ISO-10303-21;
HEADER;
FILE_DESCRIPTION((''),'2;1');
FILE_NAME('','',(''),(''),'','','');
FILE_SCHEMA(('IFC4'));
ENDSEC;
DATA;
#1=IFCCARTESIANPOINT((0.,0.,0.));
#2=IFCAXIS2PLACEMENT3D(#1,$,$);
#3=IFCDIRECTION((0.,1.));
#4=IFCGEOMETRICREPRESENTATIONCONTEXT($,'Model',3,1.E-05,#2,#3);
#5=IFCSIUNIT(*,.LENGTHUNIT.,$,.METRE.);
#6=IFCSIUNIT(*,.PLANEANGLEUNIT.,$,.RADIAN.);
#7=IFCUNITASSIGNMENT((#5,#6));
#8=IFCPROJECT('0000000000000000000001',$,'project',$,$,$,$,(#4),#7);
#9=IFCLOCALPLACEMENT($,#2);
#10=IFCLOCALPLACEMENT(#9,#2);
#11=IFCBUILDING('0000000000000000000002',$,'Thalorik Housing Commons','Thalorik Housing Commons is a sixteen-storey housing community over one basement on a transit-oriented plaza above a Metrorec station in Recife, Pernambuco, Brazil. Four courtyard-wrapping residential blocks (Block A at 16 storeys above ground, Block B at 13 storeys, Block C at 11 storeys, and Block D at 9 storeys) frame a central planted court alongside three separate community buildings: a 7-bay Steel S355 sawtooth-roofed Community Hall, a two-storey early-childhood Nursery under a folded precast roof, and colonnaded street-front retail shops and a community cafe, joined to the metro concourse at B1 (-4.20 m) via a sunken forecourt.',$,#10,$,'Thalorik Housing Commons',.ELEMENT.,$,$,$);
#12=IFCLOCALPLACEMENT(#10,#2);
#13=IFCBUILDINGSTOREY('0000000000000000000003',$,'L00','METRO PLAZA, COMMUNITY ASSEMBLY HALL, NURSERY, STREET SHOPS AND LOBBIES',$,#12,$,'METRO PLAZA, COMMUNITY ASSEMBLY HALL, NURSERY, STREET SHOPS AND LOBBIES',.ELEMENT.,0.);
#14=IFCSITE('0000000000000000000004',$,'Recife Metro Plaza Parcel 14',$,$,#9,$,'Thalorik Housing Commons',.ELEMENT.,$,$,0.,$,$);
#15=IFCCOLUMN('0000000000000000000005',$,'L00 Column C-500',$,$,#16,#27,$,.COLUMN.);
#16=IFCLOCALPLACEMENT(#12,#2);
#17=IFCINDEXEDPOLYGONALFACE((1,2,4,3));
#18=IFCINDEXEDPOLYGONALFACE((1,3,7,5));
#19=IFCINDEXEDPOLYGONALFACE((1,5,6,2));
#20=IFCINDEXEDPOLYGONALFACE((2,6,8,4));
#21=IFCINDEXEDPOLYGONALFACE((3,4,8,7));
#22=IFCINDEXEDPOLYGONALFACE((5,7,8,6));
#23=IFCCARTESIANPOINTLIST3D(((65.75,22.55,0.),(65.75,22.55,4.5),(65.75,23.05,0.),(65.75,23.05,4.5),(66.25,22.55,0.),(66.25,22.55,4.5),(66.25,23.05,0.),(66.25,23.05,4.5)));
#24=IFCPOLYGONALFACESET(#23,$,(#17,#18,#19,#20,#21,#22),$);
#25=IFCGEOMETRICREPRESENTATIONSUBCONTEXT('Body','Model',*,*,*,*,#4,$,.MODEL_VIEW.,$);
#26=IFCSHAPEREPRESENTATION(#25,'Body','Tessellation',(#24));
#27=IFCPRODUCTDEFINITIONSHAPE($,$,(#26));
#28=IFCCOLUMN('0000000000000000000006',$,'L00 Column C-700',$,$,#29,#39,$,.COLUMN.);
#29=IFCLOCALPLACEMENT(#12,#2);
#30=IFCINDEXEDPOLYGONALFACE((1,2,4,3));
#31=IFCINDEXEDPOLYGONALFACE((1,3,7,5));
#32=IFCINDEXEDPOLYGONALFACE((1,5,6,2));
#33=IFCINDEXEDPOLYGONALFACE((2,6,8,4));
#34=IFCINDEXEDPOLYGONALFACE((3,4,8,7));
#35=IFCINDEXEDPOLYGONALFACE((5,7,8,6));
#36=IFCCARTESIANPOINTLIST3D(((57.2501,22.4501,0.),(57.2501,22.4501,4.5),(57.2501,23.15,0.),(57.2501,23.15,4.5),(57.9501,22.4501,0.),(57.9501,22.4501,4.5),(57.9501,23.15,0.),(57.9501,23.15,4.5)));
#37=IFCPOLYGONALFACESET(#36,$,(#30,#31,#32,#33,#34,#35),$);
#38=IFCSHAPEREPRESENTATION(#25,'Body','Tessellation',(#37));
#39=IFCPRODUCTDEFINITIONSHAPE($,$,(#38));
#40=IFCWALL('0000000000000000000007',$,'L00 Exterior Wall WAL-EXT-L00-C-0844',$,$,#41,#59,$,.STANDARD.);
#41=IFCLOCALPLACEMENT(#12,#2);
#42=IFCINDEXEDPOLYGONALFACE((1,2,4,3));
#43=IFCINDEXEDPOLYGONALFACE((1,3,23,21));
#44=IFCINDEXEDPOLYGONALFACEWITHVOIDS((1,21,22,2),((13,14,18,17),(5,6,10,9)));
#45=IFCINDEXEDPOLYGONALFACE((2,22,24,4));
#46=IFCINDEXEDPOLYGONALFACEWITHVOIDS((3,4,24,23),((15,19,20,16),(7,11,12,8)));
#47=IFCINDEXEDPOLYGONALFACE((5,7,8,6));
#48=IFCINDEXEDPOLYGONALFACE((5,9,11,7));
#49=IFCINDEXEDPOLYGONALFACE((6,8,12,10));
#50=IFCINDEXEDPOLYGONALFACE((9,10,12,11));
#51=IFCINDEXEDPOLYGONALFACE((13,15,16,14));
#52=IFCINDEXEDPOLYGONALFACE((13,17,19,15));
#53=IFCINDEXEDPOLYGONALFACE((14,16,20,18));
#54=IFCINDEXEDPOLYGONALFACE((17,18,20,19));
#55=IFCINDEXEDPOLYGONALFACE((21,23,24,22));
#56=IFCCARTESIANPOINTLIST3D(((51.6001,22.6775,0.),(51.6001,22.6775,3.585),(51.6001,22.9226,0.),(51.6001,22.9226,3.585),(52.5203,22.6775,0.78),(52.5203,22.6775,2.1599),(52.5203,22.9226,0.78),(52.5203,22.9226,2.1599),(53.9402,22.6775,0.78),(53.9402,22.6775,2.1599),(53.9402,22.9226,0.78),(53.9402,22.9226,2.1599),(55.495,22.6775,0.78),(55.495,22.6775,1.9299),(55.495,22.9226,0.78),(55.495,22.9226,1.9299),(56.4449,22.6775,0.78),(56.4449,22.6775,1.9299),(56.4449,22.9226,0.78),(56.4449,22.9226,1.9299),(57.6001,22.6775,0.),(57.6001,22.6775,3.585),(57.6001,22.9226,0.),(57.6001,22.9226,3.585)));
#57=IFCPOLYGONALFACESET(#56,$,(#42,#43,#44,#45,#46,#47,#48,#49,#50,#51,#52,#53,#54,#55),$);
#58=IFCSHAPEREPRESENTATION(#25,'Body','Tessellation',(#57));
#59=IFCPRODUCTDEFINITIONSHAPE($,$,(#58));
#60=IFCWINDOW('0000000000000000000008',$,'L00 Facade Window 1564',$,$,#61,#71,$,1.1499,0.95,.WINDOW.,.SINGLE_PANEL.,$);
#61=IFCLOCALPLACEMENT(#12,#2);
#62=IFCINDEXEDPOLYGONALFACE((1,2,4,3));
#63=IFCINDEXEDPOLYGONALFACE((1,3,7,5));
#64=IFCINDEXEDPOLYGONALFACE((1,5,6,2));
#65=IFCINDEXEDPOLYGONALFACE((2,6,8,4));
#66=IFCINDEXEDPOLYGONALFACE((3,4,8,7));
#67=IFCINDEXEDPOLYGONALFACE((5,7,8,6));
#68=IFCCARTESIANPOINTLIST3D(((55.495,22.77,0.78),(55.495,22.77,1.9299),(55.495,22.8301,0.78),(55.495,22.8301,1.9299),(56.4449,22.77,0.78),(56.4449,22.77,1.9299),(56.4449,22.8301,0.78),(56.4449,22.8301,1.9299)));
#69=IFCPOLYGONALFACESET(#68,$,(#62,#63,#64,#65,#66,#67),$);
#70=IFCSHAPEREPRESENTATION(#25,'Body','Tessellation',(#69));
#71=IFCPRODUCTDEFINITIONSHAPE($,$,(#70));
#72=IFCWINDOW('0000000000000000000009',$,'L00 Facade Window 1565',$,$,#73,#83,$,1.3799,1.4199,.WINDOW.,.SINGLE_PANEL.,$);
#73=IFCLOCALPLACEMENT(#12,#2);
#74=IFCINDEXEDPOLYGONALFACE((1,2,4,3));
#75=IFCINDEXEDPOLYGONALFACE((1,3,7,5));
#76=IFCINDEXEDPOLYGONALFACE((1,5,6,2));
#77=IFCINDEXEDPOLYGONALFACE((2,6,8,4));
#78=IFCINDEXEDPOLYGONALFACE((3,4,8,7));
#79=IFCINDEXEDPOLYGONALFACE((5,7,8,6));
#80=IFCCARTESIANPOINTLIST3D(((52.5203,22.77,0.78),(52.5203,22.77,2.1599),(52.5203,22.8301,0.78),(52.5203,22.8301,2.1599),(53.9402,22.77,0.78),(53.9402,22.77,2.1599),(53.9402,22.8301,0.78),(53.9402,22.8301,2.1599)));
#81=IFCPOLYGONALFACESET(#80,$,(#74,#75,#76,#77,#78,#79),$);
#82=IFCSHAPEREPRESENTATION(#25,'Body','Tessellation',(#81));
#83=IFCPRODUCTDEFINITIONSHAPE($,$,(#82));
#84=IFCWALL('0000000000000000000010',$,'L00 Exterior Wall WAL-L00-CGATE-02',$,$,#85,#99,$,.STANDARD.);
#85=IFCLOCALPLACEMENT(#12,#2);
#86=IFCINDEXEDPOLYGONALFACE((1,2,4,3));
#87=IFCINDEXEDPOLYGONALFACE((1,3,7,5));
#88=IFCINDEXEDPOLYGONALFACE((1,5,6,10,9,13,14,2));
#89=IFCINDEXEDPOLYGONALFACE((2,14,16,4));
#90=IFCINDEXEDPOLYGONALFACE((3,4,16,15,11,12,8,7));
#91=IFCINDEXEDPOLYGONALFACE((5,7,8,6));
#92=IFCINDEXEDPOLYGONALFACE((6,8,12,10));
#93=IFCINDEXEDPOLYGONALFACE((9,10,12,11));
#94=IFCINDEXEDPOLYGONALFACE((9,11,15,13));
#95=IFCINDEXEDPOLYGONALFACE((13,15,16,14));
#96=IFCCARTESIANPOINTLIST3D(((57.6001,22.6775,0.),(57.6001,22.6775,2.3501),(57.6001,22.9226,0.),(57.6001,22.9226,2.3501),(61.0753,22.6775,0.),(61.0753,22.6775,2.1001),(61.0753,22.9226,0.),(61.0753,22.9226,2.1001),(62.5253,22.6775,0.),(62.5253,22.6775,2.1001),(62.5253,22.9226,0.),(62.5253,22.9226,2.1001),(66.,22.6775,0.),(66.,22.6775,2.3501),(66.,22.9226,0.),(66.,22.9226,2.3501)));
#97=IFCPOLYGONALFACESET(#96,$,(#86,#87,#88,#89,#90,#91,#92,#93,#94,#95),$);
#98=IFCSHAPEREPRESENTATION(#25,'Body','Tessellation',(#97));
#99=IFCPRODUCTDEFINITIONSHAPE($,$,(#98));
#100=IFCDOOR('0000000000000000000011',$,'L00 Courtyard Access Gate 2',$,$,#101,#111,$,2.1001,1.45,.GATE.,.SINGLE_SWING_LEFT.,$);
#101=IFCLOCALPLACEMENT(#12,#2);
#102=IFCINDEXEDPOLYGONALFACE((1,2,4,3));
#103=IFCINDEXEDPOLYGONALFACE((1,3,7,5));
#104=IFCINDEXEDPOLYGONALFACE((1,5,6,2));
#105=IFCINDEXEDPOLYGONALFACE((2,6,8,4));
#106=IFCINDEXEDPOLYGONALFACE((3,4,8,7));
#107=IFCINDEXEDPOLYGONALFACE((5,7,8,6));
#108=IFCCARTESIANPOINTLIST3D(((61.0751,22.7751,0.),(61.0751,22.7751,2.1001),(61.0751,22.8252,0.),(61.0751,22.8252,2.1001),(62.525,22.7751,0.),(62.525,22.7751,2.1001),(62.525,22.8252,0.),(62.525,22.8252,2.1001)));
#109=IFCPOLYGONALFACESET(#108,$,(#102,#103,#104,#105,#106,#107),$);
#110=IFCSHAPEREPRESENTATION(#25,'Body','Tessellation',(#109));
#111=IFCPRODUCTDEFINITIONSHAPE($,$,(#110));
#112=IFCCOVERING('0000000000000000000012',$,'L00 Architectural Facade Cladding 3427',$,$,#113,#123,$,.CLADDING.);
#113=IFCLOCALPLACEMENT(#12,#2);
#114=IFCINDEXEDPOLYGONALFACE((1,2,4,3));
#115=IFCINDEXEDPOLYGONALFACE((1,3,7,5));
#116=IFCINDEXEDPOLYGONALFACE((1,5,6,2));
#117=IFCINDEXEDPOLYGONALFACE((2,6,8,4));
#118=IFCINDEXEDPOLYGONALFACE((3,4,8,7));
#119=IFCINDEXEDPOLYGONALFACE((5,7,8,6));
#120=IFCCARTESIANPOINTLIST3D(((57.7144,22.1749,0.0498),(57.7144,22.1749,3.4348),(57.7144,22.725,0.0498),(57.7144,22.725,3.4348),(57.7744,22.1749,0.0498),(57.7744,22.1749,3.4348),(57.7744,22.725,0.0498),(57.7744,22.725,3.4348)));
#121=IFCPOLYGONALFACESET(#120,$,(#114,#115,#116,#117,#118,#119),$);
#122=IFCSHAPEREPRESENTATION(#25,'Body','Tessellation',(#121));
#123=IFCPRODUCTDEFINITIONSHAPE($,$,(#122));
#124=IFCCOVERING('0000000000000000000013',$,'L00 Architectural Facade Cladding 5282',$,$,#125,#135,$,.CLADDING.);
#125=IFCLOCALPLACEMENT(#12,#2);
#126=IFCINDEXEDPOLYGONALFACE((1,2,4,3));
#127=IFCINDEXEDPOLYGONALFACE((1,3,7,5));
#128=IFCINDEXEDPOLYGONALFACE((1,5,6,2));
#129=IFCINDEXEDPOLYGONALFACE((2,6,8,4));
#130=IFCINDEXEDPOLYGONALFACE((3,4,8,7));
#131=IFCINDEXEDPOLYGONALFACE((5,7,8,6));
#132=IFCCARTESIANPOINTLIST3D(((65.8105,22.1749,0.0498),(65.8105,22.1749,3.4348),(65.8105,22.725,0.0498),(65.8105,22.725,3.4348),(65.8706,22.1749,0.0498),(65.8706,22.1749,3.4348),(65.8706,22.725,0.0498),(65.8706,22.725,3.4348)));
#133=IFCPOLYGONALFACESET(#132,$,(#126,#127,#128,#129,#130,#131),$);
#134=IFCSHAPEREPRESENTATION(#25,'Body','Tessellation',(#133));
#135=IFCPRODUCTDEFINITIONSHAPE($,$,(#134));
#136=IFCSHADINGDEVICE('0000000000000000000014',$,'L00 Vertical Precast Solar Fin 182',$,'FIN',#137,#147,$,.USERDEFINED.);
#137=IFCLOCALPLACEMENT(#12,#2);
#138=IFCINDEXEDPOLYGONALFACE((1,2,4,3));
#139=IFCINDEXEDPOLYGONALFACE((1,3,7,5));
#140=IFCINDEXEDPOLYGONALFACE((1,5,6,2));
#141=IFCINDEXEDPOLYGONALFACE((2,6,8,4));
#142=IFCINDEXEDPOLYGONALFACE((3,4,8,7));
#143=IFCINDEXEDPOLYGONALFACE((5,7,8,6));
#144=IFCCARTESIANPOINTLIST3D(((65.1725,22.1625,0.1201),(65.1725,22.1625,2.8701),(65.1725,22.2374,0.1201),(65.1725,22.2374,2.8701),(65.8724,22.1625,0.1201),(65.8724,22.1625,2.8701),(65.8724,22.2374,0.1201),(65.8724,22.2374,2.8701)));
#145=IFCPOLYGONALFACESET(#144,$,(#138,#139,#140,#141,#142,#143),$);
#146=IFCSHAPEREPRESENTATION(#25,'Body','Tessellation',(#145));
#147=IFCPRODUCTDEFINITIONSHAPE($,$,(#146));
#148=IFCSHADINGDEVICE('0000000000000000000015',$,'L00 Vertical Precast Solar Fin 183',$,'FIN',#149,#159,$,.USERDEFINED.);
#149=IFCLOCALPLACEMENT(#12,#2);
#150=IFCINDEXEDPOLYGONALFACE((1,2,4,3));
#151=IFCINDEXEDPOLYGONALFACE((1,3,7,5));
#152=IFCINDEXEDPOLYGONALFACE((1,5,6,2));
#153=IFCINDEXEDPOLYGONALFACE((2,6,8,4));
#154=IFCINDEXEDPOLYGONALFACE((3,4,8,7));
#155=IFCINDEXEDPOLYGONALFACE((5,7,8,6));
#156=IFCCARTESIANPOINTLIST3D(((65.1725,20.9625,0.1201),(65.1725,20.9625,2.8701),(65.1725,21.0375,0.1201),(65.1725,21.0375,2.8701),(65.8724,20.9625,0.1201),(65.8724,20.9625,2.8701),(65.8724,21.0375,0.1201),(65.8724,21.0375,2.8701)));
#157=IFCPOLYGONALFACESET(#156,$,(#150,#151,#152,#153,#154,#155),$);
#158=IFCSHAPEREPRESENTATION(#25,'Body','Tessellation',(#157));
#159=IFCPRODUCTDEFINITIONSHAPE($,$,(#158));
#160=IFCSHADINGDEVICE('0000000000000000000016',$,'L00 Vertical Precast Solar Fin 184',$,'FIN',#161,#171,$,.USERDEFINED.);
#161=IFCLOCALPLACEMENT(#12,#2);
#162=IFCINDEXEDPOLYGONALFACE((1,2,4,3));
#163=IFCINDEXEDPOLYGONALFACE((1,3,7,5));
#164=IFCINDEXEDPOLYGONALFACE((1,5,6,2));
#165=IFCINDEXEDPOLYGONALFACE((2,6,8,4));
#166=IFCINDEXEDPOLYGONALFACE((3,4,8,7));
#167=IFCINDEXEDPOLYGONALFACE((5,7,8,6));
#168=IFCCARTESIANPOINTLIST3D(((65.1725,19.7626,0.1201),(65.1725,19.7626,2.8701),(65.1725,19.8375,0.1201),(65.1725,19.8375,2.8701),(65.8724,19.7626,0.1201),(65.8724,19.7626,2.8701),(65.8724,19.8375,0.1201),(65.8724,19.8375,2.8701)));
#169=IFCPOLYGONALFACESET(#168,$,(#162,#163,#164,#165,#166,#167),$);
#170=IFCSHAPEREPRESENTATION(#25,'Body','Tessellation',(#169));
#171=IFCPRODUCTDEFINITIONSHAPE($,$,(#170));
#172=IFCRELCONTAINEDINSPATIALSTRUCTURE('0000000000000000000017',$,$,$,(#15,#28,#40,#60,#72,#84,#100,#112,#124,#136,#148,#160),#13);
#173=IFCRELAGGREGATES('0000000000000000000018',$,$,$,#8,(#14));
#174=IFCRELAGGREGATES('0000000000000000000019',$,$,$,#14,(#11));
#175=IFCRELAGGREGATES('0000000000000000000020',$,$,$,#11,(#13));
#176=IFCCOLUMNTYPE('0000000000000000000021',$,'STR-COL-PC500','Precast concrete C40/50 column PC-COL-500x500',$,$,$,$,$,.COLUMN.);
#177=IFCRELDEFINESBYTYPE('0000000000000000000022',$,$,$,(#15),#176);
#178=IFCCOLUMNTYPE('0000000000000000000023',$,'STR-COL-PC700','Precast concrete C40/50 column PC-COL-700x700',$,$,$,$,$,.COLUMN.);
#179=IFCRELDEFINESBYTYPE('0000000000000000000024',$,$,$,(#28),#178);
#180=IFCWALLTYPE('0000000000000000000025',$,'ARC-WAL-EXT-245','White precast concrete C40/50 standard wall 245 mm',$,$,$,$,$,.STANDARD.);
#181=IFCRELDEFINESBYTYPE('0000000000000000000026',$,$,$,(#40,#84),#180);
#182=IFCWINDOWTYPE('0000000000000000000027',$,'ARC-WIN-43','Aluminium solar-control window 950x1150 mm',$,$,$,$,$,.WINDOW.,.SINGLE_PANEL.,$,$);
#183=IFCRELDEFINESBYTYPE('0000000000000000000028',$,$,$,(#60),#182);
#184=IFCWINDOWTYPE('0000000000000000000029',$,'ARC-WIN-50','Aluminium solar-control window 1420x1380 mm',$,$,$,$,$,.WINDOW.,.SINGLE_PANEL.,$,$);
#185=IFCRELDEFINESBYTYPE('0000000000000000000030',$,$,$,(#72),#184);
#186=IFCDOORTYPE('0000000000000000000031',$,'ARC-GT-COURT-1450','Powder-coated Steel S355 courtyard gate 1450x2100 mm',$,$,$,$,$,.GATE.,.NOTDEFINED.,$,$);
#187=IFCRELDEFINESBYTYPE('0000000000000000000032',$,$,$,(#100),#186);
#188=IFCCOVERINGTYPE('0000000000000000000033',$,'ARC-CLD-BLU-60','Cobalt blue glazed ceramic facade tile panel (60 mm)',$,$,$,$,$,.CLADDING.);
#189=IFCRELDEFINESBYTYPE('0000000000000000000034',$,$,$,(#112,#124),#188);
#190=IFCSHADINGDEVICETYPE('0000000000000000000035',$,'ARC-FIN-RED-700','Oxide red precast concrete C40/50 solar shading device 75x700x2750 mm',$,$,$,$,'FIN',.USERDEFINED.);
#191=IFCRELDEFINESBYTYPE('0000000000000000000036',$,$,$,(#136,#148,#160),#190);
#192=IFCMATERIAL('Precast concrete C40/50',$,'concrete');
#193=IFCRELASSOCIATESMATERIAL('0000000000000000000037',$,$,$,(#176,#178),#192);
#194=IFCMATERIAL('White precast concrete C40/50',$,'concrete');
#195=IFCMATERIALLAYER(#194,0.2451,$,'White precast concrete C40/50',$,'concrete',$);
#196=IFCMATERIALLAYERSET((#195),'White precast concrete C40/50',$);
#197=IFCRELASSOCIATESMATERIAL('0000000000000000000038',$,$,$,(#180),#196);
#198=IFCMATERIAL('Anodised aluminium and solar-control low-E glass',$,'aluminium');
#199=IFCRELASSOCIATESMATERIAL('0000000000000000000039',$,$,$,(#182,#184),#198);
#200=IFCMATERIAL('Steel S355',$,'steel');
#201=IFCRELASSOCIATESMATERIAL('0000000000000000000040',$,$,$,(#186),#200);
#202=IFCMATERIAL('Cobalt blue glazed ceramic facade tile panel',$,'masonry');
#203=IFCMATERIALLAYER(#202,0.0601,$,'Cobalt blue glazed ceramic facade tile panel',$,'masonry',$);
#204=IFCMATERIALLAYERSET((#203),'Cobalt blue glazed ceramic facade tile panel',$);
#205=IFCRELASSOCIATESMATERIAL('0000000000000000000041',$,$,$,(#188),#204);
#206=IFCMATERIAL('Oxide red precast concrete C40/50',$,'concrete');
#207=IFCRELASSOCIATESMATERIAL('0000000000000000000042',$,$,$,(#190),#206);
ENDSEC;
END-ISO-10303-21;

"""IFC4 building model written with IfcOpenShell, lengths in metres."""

from ifc_helpers import new_model, si_unit, direction, frame, frame_2d, origin, origin_2d, place, context, subcontext, project, spatial, rectangle, extrude, material, layer, layer_set, material_profile, profile_set, type_object, element, fill, save


model = new_model("IFC4")

# Units and contexts
model_context = context("Model", 3, precision=1e-05, world=origin(), true_north=direction((0.0, 1.0)))
body_context = subcontext(model_context, "Body", "Model", "MODEL_VIEW")
ifc_project = project(units=[si_unit("LENGTHUNIT", "METRE"), si_unit("PLANEANGLEUNIT", "RADIAN")], contexts=[model_context])

# Site, building, storey
site_placement = place(None, origin())
site = spatial("IfcSite", under=ifc_project, at=site_placement, Name="Recife Metro Plaza Parcel 14", LongName="Thalorik Housing Commons", CompositionType="ELEMENT", RefElevation=0.0)
building_placement = place(site_placement, origin())
building = spatial("IfcBuilding", under=site, at=building_placement, Name="Thalorik Housing Commons", Description="Thalorik Housing Commons is a sixteen-storey housing community over one basement on a transit-oriented plaza above a Metrorec station in Recife, Pernambuco, Brazil. Four courtyard-wrapping residential blocks (Block A at 16 storeys above ground, Block B at 13 storeys, Block C at 11 storeys, and Block D at 9 storeys) frame a central planted court alongside three separate community buildings: a 7-bay Steel S355 sawtooth-roofed Community Hall, a two-storey early-childhood Nursery under a folded precast roof, and colonnaded street-front retail shops and a community cafe, joined to the metro concourse at B1 (-4.20 m) via a sunken forecourt.", LongName="Thalorik Housing Commons", CompositionType="ELEMENT")
storey_placement = place(building_placement, origin())
storey = spatial("IfcBuildingStorey", under=building, at=storey_placement, Name="L00", Description="METRO PLAZA, COMMUNITY ASSEMBLY HALL, NURSERY, STREET SHOPS AND LOBBIES", LongName="METRO PLAZA, COMMUNITY ASSEMBLY HALL, NURSERY, STREET SHOPS AND LOBBIES", CompositionType="ELEMENT", Elevation=0.0)

# Columns
ifc_material_1 = material(Name="Precast concrete C40/50", Category="concrete")
ifc_material_profile_1 = material_profile(ifc_material_1, rectangle(XDim=0.5, YDim=0.5, at=origin_2d()), Name="PC 500x500", Category="concrete")
ifc_profile_set_1 = profile_set([ifc_material_profile_1], Name="Precast concrete C40/50")
column_type_1 = type_object("IfcColumnType", Name="STR-COL-PC500", Description="Precast concrete C40/50 column PC-COL-500x500", PredefinedType="COLUMN", material=ifc_profile_set_1)
column_1_placement = place(storey_placement, frame((66.0, 22.8, 0.0), z_axis=(0.0, 0.0, 1.0), x_axis=(1.0, 0.0, 0.0)))
element("IfcColumn", 1, at=column_1_placement, inside=storey, type_object=column_type_1, Name="L00 Column C-500", PredefinedType="COLUMN", context=body_context, shape_type="SweptSolid", body=[
    extrude(rectangle(XDim=0.5, YDim=0.5, at=origin_2d()), origin(), (0.0, 0.0, 1.0), 4.5),
])
ifc_material_profile_2 = material_profile(ifc_material_1, rectangle(XDim=0.7, YDim=0.7, at=origin_2d()), Name="PC 700x700", Category="concrete")
ifc_profile_set_2 = profile_set([ifc_material_profile_2], Name="Precast concrete C40/50")
column_type_2 = type_object("IfcColumnType", Name="STR-COL-PC700", Description="Precast concrete C40/50 column PC-COL-700x700", PredefinedType="COLUMN", material=ifc_profile_set_2)
column_2_placement = place(storey_placement, frame((57.6001, 22.8, 0.0), z_axis=(0.0, 0.0, 1.0), x_axis=(1.0, 0.0, 0.0)))
element("IfcColumn", 2, at=column_2_placement, inside=storey, type_object=column_type_2, Name="L00 Column C-700", PredefinedType="COLUMN", context=body_context, shape_type="SweptSolid", body=[
    extrude(rectangle(XDim=0.7, YDim=0.7, at=origin_2d()), origin(), (0.0, 0.0, 1.0), 4.5),
])

# Wall, openings, windows
ifc_material_2 = material(Name="White precast concrete C40/50", Category="concrete")
ifc_layer_1 = layer(ifc_material_2, 0.2451, Name="White precast concrete C40/50", Category="concrete")
ifc_layer_set_1 = layer_set([ifc_layer_1], Name="White precast concrete C40/50")
wall_type = type_object("IfcWallType", Name="ARC-WAL-EXT-245", Description="White precast concrete C40/50 standard wall 245 mm", PredefinedType="STANDARD", material=ifc_layer_set_1)
wall_1_placement = place(storey_placement, frame((57.6001, 22.8, 0.0), z_axis=(0.0, 0.0, 1.0), x_axis=(-1.0, 0.0, 0.0)))
wall_1 = element("IfcWall", 3, at=wall_1_placement, inside=storey, type_object=wall_type, Name="L00 Exterior Wall WAL-EXT-L00-C-0844", PredefinedType="STANDARD", context=body_context, shape_type="SweptSolid", body=[
    extrude(rectangle(XDim=6.0, YDim=0.2451, at=frame_2d((3.0, 0.0))), origin(), (0.0, 0.0, 1.0), 3.585),
])
opening_1_placement = place(wall_1_placement, frame((1.155, 0.0, 0.78)))
opening_1 = element("IfcOpeningElement", 4, at=opening_1_placement, cuts=wall_1, PredefinedType="OPENING", context=body_context, shape_type="SweptSolid", body=[
    extrude(rectangle(XDim=0.95, YDim=1.1499, at=frame_2d((0.4751, 0.575))), frame((0.0, 0.1326, 0.0), z_axis=(0.0, -1.0, 0.0), x_axis=(1.0, 0.0, 0.0)), (0.0, 0.0, 1.0), 0.2651),
])
opening_2_placement = place(wall_1_placement, frame((3.6599, 0.0, 0.78)))
opening_2 = element("IfcOpeningElement", 5, at=opening_2_placement, cuts=wall_1, PredefinedType="OPENING", context=body_context, shape_type="SweptSolid", body=[
    extrude(rectangle(XDim=1.4199, YDim=1.3799, at=frame_2d((0.71, 0.6899))), frame((0.0, 0.1326, 0.0), z_axis=(0.0, -1.0, 0.0), x_axis=(1.0, 0.0, 0.0)), (0.0, 0.0, 1.0), 0.2651),
])
ifc_material_3 = material(Name="Anodised aluminium and solar-control low-E glass", Category="aluminium")
window_type_1 = type_object("IfcWindowType", Name="ARC-WIN-43", Description="Aluminium solar-control window 950x1150 mm", PartitioningType="SINGLE_PANEL", PredefinedType="WINDOW", material=ifc_material_3)
window_1_placement = place(opening_1_placement, origin())
window_1 = element("IfcWindow", 6, at=window_1_placement, inside=storey, type_object=window_type_1, Name="L00 Facade Window 1564", OverallHeight=1.1499, OverallWidth=0.95, PartitioningType="SINGLE_PANEL", PredefinedType="WINDOW", context=body_context, shape_type="SweptSolid", body=[
    extrude(rectangle(XDim=0.95, YDim=1.1499, at=frame_2d((0.4751, 0.575))), frame((0.0, 0.03, 0.0), z_axis=(0.0, -1.0, 0.0), x_axis=(1.0, 0.0, 0.0)), (0.0, 0.0, 1.0), 0.0601),
])
fill(opening_1, window_1)
window_type_2 = type_object("IfcWindowType", Name="ARC-WIN-50", Description="Aluminium solar-control window 1420x1380 mm", PartitioningType="SINGLE_PANEL", PredefinedType="WINDOW", material=ifc_material_3)
window_2_placement = place(opening_2_placement, origin())
window_2 = element("IfcWindow", 7, at=window_2_placement, inside=storey, type_object=window_type_2, Name="L00 Facade Window 1565", OverallHeight=1.3799, OverallWidth=1.4199, PartitioningType="SINGLE_PANEL", PredefinedType="WINDOW", context=body_context, shape_type="SweptSolid", body=[
    extrude(rectangle(XDim=1.4199, YDim=1.3799, at=frame_2d((0.71, 0.6899))), frame((0.0, 0.03, 0.0), z_axis=(0.0, -1.0, 0.0), x_axis=(1.0, 0.0, 0.0)), (0.0, 0.0, 1.0), 0.0601),
])
fill(opening_2, window_2)

# Wall, opening, door
wall_2_placement = place(storey_placement, frame((57.6001, 22.8, 0.0), z_axis=(0.0, 0.0, 1.0), x_axis=(1.0, 0.0, 0.0)))
wall_2 = element("IfcWall", 8, at=wall_2_placement, inside=storey, type_object=wall_type, Name="L00 Exterior Wall WAL-L00-CGATE-02", PredefinedType="STANDARD", context=body_context, shape_type="SweptSolid", body=[
    extrude(rectangle(XDim=8.3999, YDim=0.2451, at=frame_2d((4.2, 0.0))), origin(), (0.0, 0.0, 1.0), 2.3501),
])
opening_3_placement = place(wall_2_placement, frame((3.4751, 0.0, 0.0)))
opening_3 = element("IfcOpeningElement", 9, at=opening_3_placement, cuts=wall_2, PredefinedType="OPENING", context=body_context, shape_type="SweptSolid", body=[
    extrude(rectangle(XDim=1.45, YDim=2.1001, at=frame_2d((0.7251, 1.05))), frame((0.0, 0.1326, 0.0), z_axis=(0.0, -1.0, 0.0), x_axis=(1.0, 0.0, 0.0)), (0.0, 0.0, 1.0), 0.2651),
])
ifc_material_4 = material(Name="Steel S355", Category="steel")
door_type = type_object("IfcDoorType", Name="ARC-GT-COURT-1450", Description="Powder-coated Steel S355 courtyard gate 1450x2100 mm", OperationType="NOTDEFINED", PredefinedType="GATE", material=ifc_material_4)
door_placement = place(opening_3_placement, frame((1.45, 0.0, 0.0), z_axis=(0.0, 0.0, 1.0), x_axis=(-1.0, 0.0, 0.0)))
door = element("IfcDoor", 10, at=door_placement, inside=storey, type_object=door_type, Name="L00 Courtyard Access Gate 2", OperationType="SINGLE_SWING_LEFT", OverallHeight=2.1001, OverallWidth=1.45, PredefinedType="GATE", context=body_context, shape_type="SweptSolid", body=[
    extrude(rectangle(XDim=1.45, YDim=2.1001, at=frame_2d((0.7251, 1.05))), frame((0.0, 0.0249, 0.0), z_axis=(0.0, -1.0, 0.0), x_axis=(1.0, 0.0, 0.0)), (0.0, 0.0, 1.0), 0.05),
])
fill(opening_3, door)

# Coverings
ifc_material_5 = material(Name="Cobalt blue glazed ceramic facade tile panel", Category="masonry")
ifc_layer_2 = layer(ifc_material_5, 0.0601, Name="Cobalt blue glazed ceramic facade tile panel", Category="masonry")
ifc_layer_set_2 = layer_set([ifc_layer_2], Name="Cobalt blue glazed ceramic facade tile panel")
covering_type = type_object("IfcCoveringType", Name="ARC-CLD-BLU-60", Description="Cobalt blue glazed ceramic facade tile panel (60 mm)", PredefinedType="CLADDING", material=ifc_layer_set_2)
for number, where, z_axis, x_axis, name in (
    (11, (57.7444, 22.45, 0.0498), (0.0, 0.0, 1.0), (0.0, 1.0, 0.0), "L00 Architectural Facade Cladding 3427"),
    (12, (65.8406, 22.45, 0.0498), (0.0, 0.0, 1.0), (0.0, -1.0, 0.0), "L00 Architectural Facade Cladding 5282"),
):
    element("IfcCovering", number, at=place(storey_placement, frame(where, z_axis=z_axis, x_axis=x_axis)), inside=storey, type_object=covering_type, Name=name, PredefinedType="CLADDING", context=body_context, shape_type="SweptSolid", body=[
        extrude(rectangle(XDim=0.55, YDim=0.0601, at=origin_2d()), origin(), (0.0, 0.0, 1.0), 3.385),
    ])

# Shading devices
ifc_material_6 = material(Name="Oxide red precast concrete C40/50", Category="concrete")
shading_device_type = type_object("IfcShadingDeviceType", Name="ARC-FIN-RED-700", Description="Oxide red precast concrete C40/50 solar shading device 75x700x2750 mm", ElementType="FIN", PredefinedType="USERDEFINED", material=ifc_material_6)
for number, where, z_axis, x_axis, name in (
    (13, (65.5225, 22.2, 0.1201), (0.0, 0.0, 1.0), (0.0, -1.0, 0.0), "L00 Vertical Precast Solar Fin 182"),
    (14, (65.5225, 21.0, 0.1201), (0.0, 0.0, 1.0), (0.0, -1.0, 0.0), "L00 Vertical Precast Solar Fin 183"),
    (15, (65.5225, 19.8, 0.1201), (0.0, 0.0, 1.0), (0.0, -1.0, 0.0), "L00 Vertical Precast Solar Fin 184"),
):
    element("IfcShadingDevice", number, at=place(storey_placement, frame(where, z_axis=z_axis, x_axis=x_axis)), inside=storey, type_object=shading_device_type, Name=name, ObjectType="FIN", PredefinedType="USERDEFINED", context=body_context, shape_type="SweptSolid", body=[
        extrude(rectangle(XDim=0.075, YDim=0.7, at=origin_2d()), origin(), (0.0, 0.0, 1.0), 2.75),
    ])

save(model, "model.ifc")
